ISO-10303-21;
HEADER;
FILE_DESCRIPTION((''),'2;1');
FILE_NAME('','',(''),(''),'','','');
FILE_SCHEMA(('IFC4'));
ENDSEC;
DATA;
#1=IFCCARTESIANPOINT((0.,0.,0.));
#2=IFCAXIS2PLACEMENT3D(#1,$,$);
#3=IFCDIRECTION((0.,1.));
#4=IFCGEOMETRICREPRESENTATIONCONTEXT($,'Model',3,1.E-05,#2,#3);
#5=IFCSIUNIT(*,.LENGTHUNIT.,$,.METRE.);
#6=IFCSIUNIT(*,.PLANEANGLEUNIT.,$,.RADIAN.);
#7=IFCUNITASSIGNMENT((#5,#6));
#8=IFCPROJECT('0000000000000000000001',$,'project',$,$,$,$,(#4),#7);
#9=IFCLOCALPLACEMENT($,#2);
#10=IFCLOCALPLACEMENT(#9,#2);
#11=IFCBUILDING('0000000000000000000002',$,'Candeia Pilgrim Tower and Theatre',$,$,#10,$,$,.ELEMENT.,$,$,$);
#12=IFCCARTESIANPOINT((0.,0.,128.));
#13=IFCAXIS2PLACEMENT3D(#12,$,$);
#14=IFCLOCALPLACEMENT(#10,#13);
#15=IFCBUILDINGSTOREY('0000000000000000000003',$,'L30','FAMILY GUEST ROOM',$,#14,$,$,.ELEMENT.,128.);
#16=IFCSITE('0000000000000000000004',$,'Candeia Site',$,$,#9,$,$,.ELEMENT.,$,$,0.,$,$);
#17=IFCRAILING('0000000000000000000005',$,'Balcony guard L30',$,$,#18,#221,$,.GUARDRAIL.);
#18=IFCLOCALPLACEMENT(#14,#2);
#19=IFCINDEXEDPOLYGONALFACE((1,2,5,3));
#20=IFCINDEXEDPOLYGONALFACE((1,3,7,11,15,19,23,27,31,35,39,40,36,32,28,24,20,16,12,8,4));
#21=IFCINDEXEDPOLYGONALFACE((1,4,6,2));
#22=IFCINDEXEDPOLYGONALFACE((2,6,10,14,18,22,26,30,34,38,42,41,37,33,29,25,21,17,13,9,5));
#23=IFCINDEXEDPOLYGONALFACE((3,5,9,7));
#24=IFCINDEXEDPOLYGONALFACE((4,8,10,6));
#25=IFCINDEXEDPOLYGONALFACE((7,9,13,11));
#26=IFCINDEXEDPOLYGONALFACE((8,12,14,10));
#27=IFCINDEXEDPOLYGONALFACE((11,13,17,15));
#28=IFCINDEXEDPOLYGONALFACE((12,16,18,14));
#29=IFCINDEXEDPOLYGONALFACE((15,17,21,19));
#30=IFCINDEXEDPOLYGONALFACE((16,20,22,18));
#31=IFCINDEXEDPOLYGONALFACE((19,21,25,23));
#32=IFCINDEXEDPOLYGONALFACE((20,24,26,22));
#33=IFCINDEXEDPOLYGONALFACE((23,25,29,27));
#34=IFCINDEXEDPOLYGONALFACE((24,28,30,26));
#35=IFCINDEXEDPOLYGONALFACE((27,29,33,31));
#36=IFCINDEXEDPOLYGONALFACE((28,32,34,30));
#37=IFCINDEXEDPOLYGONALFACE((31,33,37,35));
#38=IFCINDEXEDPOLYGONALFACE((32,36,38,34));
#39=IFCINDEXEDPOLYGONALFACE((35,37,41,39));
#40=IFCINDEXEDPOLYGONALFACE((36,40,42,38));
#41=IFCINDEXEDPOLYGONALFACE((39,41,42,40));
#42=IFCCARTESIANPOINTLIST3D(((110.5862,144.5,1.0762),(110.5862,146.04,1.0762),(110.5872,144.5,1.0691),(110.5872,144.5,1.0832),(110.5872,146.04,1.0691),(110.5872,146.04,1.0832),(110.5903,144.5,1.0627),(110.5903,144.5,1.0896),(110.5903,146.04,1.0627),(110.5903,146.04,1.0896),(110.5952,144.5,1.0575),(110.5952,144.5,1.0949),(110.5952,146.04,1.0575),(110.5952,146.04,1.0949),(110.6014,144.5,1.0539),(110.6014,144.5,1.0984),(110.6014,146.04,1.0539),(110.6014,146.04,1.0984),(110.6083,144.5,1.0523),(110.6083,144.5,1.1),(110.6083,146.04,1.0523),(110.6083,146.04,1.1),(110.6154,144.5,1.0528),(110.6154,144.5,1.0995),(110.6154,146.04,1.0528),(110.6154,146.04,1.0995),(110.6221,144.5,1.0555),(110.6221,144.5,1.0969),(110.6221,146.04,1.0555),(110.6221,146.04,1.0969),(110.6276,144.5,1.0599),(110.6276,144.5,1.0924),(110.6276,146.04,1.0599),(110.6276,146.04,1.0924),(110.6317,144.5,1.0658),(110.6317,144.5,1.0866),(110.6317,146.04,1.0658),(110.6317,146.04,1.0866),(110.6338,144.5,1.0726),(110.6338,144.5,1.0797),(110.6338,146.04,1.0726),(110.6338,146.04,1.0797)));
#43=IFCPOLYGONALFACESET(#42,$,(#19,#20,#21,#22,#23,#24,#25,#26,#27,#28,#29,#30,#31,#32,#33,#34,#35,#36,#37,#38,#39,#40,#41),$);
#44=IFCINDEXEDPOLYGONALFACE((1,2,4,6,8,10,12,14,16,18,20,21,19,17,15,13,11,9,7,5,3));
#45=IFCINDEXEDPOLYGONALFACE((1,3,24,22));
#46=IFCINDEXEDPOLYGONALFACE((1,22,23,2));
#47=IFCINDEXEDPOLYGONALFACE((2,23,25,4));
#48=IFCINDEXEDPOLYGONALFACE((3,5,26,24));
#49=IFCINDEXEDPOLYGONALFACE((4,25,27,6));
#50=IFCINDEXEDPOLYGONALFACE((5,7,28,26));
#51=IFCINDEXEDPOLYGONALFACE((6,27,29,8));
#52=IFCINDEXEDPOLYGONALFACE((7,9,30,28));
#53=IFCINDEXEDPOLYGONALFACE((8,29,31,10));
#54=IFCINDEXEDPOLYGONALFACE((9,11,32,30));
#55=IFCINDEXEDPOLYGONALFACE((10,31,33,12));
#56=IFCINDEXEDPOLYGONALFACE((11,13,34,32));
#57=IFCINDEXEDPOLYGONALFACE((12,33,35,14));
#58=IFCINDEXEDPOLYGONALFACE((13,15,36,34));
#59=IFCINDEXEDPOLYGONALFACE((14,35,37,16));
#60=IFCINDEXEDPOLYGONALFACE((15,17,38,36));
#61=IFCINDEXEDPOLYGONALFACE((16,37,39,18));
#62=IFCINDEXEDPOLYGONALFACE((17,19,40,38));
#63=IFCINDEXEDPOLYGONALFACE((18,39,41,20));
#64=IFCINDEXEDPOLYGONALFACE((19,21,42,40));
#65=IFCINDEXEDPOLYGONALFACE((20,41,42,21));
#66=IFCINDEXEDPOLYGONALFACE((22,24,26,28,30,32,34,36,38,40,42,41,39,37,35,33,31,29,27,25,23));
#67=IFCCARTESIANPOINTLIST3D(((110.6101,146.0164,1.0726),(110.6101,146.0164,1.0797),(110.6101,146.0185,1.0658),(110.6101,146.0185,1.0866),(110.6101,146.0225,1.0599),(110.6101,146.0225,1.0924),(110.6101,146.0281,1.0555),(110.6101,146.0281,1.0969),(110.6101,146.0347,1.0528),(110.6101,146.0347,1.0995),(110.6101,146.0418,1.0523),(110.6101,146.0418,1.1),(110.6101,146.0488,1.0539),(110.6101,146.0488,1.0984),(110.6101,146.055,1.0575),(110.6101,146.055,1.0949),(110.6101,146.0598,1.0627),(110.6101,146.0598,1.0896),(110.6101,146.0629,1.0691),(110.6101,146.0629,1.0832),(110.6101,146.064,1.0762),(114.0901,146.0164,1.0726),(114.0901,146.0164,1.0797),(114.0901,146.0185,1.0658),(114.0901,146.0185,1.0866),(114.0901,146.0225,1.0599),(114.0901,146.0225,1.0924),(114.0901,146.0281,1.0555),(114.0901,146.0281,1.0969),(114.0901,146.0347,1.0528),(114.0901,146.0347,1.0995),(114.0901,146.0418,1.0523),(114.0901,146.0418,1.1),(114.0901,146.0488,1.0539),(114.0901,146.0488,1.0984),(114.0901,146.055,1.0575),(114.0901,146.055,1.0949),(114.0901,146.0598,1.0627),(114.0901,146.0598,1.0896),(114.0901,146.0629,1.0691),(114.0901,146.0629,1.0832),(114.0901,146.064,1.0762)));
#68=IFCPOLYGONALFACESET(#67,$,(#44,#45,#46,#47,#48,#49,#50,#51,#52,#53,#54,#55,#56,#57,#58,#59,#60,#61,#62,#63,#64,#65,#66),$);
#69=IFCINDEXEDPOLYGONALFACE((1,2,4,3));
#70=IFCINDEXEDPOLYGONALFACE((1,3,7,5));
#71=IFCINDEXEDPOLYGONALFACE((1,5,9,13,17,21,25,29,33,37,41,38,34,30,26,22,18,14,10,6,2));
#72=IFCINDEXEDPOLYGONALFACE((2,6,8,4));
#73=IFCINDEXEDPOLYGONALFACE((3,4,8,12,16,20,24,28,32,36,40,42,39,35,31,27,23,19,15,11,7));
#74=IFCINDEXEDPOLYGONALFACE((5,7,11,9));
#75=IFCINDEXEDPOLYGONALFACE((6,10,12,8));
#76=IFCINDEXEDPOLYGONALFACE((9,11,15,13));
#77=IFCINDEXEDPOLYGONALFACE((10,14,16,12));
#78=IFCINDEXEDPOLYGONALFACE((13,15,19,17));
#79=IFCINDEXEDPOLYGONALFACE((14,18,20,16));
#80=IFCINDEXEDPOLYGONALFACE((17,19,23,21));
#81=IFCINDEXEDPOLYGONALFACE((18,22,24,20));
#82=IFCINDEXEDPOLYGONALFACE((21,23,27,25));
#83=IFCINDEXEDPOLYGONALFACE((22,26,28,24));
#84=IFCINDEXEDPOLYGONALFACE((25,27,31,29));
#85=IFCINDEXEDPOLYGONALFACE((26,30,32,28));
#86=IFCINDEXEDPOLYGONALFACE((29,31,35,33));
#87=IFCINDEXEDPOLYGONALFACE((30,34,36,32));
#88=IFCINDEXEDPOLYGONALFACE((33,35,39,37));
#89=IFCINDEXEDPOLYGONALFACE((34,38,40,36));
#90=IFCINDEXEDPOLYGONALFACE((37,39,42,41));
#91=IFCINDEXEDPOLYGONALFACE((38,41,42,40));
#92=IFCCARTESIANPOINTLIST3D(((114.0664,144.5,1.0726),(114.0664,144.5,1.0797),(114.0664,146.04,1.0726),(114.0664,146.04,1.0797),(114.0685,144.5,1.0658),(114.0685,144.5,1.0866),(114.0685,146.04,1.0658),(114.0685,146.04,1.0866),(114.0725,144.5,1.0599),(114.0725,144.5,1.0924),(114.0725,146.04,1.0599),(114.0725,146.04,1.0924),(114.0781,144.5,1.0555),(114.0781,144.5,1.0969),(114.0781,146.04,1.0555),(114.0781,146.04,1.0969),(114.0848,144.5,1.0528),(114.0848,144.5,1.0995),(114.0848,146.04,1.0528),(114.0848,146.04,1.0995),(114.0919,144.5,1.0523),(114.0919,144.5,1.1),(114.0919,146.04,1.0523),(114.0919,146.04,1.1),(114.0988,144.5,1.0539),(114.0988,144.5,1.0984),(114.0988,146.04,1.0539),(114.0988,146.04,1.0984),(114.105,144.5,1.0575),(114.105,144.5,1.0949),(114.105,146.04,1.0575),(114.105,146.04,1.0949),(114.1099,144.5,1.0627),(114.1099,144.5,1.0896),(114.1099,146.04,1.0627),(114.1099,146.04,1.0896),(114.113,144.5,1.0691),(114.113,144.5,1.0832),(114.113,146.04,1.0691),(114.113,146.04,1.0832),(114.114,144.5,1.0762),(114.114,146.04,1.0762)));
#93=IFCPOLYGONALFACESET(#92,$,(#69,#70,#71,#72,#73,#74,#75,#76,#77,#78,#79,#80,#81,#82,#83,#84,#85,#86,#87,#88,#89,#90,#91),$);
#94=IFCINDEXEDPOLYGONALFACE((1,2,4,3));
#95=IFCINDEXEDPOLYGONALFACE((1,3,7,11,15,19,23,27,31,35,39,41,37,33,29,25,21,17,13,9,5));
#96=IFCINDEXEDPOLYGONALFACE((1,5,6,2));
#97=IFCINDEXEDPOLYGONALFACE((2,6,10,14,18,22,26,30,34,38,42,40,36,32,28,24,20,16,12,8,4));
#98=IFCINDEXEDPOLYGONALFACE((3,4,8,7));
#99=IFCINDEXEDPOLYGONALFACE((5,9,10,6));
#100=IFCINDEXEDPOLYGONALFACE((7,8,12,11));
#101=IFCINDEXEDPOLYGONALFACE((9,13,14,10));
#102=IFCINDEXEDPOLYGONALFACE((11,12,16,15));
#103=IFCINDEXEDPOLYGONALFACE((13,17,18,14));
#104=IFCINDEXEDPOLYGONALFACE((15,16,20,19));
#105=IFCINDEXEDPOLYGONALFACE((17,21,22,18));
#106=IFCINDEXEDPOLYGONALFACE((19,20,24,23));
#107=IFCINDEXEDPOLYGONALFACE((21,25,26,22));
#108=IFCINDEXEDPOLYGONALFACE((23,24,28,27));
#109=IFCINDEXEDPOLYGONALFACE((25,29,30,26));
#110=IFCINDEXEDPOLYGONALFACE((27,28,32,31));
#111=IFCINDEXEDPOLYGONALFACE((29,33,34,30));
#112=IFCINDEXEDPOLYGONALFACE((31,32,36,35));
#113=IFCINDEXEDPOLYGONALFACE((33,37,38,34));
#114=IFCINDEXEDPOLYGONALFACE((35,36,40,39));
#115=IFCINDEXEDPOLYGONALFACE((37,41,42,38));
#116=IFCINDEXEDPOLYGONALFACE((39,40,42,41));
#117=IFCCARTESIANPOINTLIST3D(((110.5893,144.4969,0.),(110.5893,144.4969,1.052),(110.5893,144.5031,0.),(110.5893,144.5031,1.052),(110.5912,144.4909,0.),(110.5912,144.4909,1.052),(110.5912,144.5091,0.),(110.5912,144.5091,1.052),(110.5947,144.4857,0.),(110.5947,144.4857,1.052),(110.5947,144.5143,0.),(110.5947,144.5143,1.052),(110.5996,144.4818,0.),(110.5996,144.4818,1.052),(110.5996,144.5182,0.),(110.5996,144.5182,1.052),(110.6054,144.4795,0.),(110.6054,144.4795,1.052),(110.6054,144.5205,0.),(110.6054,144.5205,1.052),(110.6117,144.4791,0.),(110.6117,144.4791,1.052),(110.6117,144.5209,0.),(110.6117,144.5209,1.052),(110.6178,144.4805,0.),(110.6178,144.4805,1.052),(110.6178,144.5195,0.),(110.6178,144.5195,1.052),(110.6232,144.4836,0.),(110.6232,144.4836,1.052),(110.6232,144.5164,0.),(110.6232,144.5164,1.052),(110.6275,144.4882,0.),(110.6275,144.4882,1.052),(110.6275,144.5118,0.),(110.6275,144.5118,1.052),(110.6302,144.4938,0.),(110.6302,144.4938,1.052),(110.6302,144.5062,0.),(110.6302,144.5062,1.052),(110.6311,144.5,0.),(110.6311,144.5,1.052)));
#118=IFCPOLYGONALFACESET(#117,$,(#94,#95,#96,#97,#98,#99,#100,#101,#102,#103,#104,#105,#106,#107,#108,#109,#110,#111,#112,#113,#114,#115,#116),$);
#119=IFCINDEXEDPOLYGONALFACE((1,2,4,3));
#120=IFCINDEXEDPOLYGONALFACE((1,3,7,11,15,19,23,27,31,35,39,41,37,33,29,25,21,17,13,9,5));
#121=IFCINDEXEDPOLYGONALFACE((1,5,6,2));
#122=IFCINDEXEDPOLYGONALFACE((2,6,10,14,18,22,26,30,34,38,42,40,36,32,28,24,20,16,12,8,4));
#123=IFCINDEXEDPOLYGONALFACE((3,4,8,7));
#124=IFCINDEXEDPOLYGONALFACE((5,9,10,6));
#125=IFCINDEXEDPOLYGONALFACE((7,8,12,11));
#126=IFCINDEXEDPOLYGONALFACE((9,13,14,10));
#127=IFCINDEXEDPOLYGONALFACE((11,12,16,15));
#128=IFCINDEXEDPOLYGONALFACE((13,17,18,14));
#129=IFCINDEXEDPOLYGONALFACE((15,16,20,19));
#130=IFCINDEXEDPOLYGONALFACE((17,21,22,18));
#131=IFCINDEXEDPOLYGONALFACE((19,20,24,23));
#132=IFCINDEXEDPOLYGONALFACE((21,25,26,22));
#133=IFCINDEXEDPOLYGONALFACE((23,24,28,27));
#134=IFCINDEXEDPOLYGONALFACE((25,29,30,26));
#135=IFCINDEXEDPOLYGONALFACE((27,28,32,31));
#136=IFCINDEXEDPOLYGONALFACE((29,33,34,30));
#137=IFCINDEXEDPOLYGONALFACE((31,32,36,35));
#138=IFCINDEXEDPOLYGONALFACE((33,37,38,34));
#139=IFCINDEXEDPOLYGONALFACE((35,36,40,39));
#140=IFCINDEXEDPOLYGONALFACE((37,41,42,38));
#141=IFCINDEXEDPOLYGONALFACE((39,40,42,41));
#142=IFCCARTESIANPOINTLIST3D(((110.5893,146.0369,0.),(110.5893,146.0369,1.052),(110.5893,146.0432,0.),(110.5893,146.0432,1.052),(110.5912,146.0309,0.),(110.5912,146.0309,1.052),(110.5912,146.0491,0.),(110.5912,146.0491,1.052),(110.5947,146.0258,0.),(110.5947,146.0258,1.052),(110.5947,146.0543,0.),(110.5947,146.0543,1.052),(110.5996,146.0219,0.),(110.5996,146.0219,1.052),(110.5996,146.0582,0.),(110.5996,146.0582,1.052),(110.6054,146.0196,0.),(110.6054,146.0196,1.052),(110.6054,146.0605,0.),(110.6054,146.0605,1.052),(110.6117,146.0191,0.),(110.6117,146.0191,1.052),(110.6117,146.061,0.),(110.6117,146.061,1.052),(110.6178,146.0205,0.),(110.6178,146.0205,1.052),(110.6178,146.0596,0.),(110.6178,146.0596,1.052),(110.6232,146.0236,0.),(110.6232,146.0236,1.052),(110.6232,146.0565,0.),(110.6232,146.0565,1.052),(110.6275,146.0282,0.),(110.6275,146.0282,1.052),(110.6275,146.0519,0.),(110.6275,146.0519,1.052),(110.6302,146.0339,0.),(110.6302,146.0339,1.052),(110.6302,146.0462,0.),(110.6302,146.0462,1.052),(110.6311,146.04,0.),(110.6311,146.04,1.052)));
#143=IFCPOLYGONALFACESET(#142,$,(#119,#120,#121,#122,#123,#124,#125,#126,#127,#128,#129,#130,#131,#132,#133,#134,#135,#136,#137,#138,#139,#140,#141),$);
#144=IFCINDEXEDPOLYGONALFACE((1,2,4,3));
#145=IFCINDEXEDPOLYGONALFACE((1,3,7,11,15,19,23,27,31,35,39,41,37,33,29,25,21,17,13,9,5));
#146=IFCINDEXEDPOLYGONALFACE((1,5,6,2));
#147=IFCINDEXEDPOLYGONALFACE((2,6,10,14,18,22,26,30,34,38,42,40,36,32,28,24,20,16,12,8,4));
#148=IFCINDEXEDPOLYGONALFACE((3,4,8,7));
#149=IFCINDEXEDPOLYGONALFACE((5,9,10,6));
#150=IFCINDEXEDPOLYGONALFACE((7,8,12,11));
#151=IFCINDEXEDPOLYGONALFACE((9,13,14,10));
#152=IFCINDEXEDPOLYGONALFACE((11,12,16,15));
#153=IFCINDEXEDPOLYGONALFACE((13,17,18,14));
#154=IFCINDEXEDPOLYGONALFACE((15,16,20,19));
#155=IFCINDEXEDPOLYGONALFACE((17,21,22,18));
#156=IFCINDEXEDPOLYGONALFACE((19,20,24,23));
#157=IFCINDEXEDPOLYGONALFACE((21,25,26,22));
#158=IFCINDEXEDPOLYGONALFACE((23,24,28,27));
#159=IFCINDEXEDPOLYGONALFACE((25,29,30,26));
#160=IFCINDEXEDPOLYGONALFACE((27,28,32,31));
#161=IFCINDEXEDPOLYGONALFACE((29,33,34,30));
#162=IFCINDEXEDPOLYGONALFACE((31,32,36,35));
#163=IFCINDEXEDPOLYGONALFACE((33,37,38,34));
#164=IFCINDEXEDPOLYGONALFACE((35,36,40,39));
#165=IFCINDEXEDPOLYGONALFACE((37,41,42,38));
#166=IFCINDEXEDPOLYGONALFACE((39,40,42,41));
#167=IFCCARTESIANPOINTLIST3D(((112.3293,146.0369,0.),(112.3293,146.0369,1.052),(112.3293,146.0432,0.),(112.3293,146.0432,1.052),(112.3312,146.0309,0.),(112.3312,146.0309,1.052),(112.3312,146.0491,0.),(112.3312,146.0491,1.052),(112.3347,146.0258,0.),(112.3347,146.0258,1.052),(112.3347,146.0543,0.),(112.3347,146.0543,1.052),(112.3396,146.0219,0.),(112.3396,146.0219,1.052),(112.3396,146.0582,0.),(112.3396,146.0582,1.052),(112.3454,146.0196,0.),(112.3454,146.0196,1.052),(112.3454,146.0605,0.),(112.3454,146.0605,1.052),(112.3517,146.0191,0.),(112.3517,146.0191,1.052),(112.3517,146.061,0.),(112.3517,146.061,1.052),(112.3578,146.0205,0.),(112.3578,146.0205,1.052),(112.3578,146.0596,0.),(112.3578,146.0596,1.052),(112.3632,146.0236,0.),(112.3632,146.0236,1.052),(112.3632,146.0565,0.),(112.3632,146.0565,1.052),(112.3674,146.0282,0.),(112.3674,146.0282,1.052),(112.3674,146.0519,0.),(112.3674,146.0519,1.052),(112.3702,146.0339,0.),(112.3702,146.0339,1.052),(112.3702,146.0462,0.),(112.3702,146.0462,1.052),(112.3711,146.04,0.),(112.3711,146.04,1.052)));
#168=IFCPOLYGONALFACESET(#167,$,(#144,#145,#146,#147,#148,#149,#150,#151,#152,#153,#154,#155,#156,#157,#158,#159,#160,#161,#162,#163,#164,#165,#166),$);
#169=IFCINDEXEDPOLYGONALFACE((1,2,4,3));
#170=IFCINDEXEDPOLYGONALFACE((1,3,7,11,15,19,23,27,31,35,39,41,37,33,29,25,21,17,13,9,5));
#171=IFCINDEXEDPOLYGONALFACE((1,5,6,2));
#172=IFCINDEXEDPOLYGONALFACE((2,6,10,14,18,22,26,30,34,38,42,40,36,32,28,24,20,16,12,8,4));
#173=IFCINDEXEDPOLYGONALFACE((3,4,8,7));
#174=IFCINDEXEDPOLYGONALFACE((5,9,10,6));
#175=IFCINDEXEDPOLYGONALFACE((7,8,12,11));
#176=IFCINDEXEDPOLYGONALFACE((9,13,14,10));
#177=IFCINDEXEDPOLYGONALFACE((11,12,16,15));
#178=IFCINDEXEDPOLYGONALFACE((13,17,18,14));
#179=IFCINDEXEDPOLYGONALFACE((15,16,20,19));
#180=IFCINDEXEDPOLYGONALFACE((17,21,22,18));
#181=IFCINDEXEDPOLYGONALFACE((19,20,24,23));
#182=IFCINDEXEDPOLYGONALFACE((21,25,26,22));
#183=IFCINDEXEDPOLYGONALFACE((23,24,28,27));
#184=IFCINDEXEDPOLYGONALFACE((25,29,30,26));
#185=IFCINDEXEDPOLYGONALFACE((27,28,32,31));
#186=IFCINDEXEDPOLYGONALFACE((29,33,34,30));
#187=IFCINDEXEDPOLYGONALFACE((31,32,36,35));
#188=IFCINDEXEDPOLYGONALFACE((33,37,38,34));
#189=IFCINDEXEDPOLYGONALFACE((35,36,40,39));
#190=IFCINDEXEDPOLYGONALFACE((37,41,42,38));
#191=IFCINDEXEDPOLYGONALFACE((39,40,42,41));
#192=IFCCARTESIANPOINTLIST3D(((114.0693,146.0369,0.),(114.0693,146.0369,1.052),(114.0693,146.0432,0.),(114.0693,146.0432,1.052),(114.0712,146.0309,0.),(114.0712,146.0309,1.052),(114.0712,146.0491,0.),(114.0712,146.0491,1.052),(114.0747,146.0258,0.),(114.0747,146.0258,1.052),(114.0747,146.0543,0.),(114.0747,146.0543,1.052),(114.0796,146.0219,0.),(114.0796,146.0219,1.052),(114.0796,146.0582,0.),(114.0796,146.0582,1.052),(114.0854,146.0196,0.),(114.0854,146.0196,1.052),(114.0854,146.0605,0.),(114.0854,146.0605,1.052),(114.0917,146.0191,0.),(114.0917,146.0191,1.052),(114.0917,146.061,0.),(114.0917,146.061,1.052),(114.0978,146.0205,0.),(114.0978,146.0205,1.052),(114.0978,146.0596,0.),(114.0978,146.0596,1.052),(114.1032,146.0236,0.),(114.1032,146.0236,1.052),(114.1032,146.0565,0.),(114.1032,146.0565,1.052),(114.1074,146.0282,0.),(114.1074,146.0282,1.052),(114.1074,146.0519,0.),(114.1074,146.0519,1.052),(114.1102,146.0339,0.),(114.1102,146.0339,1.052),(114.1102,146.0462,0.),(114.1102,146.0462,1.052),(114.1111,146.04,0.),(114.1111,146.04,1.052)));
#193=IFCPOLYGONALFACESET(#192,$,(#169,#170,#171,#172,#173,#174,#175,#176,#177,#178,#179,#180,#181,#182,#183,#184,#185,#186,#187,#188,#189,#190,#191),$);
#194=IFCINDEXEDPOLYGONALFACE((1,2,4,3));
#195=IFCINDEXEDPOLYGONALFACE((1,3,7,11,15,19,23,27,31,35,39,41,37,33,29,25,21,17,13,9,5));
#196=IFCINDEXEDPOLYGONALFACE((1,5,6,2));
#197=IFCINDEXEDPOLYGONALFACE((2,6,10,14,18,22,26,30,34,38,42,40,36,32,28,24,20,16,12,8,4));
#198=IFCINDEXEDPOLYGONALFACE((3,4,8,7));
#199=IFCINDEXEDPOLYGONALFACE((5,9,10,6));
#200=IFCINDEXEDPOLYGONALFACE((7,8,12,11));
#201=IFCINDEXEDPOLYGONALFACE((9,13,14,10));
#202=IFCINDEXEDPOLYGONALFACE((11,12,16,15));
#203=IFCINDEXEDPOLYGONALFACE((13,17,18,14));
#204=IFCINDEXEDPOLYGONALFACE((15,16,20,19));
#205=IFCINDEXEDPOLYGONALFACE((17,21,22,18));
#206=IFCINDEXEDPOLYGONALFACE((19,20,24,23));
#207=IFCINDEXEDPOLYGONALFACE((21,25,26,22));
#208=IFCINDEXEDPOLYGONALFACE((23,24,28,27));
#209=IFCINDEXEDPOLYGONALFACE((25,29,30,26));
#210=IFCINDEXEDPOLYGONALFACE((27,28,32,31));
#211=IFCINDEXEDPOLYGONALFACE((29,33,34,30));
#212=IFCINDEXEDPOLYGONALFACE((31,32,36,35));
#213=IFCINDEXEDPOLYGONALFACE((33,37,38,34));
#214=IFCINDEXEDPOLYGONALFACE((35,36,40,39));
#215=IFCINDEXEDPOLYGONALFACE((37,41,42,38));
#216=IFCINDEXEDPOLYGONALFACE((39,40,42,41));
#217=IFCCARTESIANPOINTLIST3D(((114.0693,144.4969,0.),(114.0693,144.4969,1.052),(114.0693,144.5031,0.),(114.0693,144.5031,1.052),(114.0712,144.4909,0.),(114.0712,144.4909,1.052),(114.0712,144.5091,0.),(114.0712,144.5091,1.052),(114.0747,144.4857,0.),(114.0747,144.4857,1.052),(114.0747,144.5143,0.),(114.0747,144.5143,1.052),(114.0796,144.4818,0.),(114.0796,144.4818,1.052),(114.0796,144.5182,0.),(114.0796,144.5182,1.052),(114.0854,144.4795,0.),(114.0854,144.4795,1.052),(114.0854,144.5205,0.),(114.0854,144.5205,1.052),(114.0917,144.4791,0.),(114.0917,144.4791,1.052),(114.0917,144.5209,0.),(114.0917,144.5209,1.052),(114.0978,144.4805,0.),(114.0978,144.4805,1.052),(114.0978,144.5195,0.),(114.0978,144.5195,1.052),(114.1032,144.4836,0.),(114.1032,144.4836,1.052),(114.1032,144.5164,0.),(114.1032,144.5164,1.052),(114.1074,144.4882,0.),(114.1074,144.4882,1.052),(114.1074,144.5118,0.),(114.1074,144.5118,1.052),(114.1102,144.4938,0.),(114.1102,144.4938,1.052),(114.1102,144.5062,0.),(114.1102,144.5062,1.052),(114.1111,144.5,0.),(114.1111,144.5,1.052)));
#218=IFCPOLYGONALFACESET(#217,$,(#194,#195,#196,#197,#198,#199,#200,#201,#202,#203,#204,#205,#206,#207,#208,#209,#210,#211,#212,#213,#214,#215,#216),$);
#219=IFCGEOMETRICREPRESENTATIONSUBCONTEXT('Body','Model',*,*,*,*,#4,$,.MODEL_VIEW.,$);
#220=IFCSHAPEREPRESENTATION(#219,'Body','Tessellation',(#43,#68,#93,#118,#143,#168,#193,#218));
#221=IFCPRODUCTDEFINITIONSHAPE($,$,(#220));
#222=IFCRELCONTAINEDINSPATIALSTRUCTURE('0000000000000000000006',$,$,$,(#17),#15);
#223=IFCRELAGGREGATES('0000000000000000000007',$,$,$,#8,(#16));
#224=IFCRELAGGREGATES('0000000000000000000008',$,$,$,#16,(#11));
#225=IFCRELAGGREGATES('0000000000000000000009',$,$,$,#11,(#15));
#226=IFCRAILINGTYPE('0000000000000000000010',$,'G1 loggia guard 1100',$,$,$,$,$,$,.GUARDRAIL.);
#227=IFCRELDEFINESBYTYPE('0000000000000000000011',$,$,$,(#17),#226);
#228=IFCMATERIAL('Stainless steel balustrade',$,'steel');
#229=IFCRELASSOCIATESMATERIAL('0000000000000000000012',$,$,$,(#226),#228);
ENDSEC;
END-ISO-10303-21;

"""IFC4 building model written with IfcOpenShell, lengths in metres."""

from ifc_helpers import new_model, si_unit, direction, frame, origin, origin_2d, place, context, subcontext, project, spatial, circle, extrude, material, type_object, element, save


model = new_model("IFC4")

# Units and contexts
model_context = context("Model", 3, precision=1e-05, world=origin(), true_north=direction((0.0, 1.0)))
body_context = subcontext(model_context, "Body", "Model", "MODEL_VIEW")
ifc_project = project(units=[si_unit("LENGTHUNIT", "METRE"), si_unit("PLANEANGLEUNIT", "RADIAN")], contexts=[model_context])

# Site, building, storey
site_placement = place(None, origin())
site = spatial("IfcSite", under=ifc_project, at=site_placement, Name="Candeia Site", CompositionType="ELEMENT", RefElevation=0.0)
building_placement = place(site_placement, origin())
building = spatial("IfcBuilding", under=site, at=building_placement, Name="Candeia Pilgrim Tower and Theatre", CompositionType="ELEMENT")
storey_placement = place(building_placement, frame((0.0, 0.0, 128.0)))
storey = spatial("IfcBuildingStorey", under=building, at=storey_placement, Name="L30", Description="FAMILY GUEST ROOM", CompositionType="ELEMENT", Elevation=128.0)

# Railing
ifc_material_1 = material(Name="Stainless steel balustrade", Category="steel")
railing_type = type_object("IfcRailingType", Name="G1 loggia guard 1100", PredefinedType="GUARDRAIL", material=ifc_material_1)
railing_1_placement = place(storey_placement, frame((110.6101, 144.5, 0.0)))
element("IfcRailing", 1, at=railing_1_placement, inside=storey, type_object=railing_type, Name="Balcony guard L30", PredefinedType="GUARDRAIL", context=body_context, shape_type="SweptSolid", body=[
    extrude(circle(Radius=0.0239, at=origin_2d()), frame((0.0, 0.0, 1.0762), z_axis=(0.0, 1.0, 0.0), x_axis=(-1.0, 0.0, 0.0)), (0.0, 0.0, 1.0), 1.54),
    extrude(circle(Radius=0.0239, at=origin_2d()), frame((0.0, 1.54, 1.0762), z_axis=(1.0, 0.0, 0.0), x_axis=(0.0, 1.0, 0.0)), (0.0, 0.0, 1.0), 3.48),
    extrude(circle(Radius=0.0239, at=origin_2d()), frame((3.48, 1.54, 1.0762), z_axis=(0.0, -1.0, 0.0), x_axis=(1.0, 0.0, 0.0)), (0.0, 0.0, 1.0), 1.54),
    extrude(circle(Radius=0.021, at=origin_2d()), origin(), (0.0, 0.0, 1.0), 1.052),
    extrude(circle(Radius=0.021, at=origin_2d()), frame((0.0, 1.54, 0.0)), (0.0, 0.0, 1.0), 1.052),
    extrude(circle(Radius=0.021, at=origin_2d()), frame((1.74, 1.54, 0.0)), (0.0, 0.0, 1.0), 1.052),
    extrude(circle(Radius=0.021, at=origin_2d()), frame((3.48, 1.54, 0.0)), (0.0, 0.0, 1.0), 1.052),
    extrude(circle(Radius=0.021, at=origin_2d()), frame((3.48, 0.0, 0.0)), (0.0, 0.0, 1.0), 1.052),
])

save(model, "model.ifc")
